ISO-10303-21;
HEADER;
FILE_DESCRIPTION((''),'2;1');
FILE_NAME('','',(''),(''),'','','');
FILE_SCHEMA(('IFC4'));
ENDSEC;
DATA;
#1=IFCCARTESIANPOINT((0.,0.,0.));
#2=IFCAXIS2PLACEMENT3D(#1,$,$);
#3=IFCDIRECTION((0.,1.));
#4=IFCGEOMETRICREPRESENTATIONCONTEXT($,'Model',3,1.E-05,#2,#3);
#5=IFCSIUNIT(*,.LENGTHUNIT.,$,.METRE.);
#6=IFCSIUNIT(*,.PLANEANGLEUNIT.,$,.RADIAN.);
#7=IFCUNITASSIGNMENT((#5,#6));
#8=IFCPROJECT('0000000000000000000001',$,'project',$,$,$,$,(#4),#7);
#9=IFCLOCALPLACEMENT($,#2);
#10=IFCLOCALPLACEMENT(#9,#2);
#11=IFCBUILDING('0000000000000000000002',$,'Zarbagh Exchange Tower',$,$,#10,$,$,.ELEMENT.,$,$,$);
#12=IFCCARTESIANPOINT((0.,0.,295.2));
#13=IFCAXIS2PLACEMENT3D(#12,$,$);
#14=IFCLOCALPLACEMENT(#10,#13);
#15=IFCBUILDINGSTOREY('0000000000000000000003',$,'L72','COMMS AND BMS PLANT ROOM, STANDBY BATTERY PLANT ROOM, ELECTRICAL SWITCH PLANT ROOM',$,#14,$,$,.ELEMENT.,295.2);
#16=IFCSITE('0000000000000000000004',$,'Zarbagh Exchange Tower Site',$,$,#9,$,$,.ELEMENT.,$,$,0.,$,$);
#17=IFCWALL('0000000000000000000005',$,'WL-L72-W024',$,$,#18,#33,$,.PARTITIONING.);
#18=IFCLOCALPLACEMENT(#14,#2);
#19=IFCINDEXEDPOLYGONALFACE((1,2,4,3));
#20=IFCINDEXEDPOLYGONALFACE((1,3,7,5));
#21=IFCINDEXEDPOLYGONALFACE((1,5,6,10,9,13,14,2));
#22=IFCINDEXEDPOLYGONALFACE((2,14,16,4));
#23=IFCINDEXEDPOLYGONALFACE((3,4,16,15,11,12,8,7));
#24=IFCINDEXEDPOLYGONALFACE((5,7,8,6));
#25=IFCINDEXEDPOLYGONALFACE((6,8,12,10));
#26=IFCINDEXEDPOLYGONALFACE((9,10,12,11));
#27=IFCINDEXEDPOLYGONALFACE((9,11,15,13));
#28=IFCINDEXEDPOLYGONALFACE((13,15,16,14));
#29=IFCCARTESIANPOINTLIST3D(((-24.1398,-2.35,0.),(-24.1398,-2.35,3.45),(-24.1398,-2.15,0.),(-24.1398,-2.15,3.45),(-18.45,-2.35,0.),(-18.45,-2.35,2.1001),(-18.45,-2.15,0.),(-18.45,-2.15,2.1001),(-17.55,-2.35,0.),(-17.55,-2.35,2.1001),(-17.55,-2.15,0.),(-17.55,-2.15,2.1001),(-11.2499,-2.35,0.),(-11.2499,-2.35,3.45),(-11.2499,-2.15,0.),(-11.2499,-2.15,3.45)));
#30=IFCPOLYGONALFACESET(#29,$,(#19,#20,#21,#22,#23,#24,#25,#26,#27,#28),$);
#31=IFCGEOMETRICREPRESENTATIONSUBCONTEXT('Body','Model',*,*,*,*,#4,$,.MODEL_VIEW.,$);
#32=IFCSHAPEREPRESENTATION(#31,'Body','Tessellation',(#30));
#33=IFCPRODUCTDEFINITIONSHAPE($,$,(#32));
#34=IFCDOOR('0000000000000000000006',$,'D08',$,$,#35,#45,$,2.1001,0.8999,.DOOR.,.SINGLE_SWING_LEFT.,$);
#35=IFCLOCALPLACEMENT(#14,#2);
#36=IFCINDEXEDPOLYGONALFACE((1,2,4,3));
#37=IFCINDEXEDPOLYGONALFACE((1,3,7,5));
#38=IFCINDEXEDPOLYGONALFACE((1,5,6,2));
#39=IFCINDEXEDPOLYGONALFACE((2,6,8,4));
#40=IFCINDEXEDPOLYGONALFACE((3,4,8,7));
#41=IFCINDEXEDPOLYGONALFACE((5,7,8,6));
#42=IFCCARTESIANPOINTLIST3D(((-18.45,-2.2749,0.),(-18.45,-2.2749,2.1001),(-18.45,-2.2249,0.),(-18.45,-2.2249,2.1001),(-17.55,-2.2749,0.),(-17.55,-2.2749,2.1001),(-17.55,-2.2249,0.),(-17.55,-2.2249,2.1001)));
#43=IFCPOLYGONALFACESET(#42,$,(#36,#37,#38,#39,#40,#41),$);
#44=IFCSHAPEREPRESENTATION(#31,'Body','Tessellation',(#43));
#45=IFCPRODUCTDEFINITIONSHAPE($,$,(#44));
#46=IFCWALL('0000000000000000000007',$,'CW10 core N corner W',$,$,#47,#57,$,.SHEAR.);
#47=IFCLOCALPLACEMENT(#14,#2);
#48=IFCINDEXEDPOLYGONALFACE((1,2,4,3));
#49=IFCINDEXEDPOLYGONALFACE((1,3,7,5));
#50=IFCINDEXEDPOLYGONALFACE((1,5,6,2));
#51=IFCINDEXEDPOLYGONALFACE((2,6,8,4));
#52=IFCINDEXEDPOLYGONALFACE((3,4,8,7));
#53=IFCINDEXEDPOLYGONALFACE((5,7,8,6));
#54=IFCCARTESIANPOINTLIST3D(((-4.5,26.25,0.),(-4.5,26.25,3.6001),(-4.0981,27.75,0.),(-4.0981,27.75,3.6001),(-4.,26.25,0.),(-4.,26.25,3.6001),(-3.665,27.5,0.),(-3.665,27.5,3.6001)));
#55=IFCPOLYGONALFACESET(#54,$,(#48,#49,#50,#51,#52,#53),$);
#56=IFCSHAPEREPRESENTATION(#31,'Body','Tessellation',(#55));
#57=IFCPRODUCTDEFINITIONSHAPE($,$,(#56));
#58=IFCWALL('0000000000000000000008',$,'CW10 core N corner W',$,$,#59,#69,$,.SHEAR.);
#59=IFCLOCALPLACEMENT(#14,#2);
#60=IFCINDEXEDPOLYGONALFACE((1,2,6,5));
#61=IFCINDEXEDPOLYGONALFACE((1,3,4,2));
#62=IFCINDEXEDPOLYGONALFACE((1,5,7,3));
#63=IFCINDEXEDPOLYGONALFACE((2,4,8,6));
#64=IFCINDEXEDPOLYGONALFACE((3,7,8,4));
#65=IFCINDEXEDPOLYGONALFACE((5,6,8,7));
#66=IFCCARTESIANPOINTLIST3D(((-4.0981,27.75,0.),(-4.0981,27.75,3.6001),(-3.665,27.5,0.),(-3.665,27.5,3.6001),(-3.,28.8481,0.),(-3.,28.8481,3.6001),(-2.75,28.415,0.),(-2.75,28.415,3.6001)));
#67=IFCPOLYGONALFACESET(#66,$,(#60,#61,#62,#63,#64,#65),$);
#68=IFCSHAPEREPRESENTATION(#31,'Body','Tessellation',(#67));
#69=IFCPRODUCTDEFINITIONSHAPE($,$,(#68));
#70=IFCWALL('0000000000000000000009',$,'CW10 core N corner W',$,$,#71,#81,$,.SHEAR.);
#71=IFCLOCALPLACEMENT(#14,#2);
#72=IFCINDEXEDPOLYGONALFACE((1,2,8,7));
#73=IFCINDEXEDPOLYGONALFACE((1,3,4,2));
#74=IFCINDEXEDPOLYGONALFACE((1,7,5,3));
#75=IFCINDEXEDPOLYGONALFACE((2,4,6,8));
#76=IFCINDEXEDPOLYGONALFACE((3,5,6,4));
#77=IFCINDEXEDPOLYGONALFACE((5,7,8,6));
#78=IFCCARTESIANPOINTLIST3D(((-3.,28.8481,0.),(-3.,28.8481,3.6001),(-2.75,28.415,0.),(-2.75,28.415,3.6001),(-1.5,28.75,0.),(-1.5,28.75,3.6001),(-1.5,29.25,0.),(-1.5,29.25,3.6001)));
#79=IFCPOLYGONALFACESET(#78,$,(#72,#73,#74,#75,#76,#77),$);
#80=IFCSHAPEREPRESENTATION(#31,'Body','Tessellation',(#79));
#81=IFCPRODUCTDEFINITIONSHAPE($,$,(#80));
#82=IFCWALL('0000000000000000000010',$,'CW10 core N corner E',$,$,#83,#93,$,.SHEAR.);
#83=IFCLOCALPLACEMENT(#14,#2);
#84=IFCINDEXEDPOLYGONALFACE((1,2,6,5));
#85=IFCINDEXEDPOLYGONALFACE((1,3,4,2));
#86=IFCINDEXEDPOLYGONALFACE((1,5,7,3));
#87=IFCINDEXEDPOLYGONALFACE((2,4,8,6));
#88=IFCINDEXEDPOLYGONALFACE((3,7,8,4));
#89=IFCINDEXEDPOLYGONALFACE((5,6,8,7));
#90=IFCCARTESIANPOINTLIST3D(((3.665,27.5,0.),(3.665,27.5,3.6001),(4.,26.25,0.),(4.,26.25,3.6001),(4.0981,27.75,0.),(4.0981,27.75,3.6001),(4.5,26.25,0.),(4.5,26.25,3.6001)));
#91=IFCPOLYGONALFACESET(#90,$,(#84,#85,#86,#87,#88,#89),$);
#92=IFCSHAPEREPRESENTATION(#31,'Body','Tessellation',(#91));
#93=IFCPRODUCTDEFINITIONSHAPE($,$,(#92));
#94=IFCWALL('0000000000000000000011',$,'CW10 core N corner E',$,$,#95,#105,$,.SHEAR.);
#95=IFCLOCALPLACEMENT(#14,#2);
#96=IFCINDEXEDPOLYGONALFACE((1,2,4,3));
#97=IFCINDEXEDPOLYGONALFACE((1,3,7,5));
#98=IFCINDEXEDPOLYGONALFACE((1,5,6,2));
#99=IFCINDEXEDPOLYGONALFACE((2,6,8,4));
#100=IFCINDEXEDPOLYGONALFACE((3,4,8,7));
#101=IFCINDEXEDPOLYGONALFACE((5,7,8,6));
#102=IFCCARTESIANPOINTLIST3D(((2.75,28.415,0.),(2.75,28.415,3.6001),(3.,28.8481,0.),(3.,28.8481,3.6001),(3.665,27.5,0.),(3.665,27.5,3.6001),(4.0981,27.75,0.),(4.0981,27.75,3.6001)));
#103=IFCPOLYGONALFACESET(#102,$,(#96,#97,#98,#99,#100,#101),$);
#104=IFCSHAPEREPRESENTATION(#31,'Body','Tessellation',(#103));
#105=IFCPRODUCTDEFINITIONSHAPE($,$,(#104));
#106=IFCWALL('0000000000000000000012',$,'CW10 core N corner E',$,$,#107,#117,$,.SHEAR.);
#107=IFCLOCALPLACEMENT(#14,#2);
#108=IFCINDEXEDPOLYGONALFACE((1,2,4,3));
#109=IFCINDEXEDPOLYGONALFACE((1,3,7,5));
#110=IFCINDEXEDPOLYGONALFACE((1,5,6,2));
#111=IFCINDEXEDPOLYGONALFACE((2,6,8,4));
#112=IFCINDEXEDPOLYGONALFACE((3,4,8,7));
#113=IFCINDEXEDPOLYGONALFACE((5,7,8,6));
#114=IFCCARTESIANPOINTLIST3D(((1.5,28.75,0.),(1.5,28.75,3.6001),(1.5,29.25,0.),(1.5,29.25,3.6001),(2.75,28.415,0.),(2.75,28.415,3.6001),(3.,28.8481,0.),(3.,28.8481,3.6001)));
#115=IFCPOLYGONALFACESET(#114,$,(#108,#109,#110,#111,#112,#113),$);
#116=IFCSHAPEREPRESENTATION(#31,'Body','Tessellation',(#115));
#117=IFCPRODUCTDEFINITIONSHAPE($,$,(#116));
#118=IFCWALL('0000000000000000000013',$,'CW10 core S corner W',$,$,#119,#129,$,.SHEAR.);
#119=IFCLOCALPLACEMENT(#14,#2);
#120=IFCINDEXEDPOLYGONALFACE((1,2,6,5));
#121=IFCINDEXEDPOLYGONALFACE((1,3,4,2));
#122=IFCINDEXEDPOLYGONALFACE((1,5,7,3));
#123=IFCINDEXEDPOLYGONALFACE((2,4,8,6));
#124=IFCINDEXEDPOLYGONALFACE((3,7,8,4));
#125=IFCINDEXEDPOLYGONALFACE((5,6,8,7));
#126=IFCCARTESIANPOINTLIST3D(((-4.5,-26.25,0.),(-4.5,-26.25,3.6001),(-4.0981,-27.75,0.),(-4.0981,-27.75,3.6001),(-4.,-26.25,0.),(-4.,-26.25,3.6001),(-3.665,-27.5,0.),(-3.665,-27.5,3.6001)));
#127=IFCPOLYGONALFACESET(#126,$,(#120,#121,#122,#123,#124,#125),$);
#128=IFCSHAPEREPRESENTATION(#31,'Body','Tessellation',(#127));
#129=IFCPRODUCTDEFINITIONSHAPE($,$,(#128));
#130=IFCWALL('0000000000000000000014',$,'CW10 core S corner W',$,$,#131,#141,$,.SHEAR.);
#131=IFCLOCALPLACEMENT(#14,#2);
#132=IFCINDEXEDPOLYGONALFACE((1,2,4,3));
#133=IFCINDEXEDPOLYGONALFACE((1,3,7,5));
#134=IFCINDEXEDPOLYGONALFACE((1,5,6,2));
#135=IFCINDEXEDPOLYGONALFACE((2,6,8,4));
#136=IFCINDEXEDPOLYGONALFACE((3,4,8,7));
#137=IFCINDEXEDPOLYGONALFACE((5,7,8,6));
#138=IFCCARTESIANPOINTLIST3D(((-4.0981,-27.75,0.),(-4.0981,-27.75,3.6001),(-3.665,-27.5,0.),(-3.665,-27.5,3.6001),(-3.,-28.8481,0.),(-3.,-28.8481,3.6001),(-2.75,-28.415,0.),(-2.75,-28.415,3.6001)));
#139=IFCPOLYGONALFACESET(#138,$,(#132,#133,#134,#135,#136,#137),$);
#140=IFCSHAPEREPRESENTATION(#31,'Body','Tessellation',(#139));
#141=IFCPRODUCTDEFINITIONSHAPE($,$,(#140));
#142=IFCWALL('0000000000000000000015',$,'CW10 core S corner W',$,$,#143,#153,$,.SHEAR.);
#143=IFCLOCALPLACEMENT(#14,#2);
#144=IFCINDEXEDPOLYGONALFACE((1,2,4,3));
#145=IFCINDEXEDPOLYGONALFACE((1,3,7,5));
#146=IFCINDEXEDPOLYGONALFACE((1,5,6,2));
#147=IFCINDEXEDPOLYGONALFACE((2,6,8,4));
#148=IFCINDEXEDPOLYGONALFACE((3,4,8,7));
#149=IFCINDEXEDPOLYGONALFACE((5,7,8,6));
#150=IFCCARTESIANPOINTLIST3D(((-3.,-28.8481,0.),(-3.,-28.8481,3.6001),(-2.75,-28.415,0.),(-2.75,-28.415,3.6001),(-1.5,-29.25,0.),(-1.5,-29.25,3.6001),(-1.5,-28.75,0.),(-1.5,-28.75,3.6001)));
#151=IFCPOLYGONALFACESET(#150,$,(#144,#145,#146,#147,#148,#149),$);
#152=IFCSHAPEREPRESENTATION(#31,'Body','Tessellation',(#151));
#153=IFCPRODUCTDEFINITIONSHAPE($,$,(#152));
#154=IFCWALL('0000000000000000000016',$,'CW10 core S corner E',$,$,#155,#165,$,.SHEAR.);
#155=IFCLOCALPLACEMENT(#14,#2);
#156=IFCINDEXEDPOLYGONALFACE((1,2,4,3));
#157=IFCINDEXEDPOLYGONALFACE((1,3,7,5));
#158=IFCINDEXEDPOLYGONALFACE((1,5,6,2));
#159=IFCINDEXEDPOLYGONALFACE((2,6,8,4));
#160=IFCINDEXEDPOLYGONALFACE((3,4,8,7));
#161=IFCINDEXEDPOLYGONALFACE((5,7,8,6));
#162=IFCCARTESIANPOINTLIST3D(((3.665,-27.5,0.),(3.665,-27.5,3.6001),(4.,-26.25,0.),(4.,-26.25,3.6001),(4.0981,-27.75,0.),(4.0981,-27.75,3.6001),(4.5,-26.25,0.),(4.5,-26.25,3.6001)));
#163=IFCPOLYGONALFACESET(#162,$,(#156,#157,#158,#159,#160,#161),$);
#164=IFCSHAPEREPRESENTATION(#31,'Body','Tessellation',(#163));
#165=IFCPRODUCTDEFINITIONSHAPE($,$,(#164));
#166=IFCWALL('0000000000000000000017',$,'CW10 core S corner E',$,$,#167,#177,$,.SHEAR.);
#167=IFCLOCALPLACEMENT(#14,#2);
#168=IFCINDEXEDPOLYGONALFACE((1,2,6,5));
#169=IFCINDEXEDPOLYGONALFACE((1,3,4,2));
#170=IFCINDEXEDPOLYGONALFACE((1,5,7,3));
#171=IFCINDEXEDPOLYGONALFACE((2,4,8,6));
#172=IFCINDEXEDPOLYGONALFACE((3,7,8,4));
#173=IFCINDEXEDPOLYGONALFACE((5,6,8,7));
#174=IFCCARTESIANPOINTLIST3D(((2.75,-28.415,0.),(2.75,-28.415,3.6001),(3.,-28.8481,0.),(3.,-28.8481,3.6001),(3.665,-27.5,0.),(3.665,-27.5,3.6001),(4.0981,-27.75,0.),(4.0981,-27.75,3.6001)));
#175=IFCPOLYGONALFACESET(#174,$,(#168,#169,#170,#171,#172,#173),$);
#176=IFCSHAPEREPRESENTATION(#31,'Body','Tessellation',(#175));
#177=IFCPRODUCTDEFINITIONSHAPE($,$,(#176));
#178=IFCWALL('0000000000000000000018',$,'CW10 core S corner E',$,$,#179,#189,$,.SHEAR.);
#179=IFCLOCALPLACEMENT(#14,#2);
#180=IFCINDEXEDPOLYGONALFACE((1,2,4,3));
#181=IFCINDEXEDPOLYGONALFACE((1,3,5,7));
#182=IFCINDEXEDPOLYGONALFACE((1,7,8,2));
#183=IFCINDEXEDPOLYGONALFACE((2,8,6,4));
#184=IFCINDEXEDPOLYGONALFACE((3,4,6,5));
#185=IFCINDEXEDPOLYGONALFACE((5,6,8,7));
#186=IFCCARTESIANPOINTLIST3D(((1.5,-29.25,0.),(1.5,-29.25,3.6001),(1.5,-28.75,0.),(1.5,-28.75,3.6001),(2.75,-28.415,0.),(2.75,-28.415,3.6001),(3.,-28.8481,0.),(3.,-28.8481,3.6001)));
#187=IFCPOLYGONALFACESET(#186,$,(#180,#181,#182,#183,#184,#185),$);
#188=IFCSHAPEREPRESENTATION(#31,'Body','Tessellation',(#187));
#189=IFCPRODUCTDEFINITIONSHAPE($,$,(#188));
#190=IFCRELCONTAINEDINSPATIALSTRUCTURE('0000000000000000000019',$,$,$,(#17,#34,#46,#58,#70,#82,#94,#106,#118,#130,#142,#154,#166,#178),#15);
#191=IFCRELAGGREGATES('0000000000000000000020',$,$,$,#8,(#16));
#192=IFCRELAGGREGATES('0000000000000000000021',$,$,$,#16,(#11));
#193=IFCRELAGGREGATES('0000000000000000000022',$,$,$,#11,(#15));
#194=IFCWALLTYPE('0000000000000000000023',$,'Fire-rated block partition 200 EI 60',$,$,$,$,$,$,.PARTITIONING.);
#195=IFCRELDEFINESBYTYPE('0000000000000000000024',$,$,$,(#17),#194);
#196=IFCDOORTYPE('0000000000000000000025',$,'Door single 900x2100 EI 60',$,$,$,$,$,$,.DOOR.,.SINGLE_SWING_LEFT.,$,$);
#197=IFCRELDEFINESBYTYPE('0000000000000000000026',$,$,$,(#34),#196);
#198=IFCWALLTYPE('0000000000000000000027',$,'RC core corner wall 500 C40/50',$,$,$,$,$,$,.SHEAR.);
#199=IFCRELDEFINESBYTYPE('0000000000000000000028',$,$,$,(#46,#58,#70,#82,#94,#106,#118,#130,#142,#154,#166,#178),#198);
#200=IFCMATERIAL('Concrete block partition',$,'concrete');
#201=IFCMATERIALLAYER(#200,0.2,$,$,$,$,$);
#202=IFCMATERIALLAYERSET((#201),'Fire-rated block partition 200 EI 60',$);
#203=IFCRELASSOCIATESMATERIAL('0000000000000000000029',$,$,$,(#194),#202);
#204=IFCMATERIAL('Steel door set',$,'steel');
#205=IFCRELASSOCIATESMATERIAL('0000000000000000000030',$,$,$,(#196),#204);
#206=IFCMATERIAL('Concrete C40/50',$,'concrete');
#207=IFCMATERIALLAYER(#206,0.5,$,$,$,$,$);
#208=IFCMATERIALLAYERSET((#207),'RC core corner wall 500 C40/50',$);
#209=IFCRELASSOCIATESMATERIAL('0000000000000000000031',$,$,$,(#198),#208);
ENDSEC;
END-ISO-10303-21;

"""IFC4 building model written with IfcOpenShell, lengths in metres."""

from ifc_helpers import new_model, si_unit, direction, frame, frame_2d, origin, place, context, subcontext, project, spatial, polyline, rectangle, outline, extrude, material, layer, layer_set, type_object, element, fill, save


model = new_model("IFC4")

# Units and contexts
model_context = context("Model", 3, precision=1e-05, world=origin(), true_north=direction((0.0, 1.0)))
body_context = subcontext(model_context, "Body", "Model", "MODEL_VIEW")
ifc_project = project(units=[si_unit("LENGTHUNIT", "METRE"), si_unit("PLANEANGLEUNIT", "RADIAN")], contexts=[model_context])

# Site, building, storey
site_placement = place(None, origin())
site = spatial("IfcSite", under=ifc_project, at=site_placement, Name="Zarbagh Exchange Tower Site", CompositionType="ELEMENT", RefElevation=0.0)
building_placement = place(site_placement, origin())
building = spatial("IfcBuilding", under=site, at=building_placement, Name="Zarbagh Exchange Tower", CompositionType="ELEMENT")
storey_placement = place(building_placement, frame((0.0, 0.0, 295.2)))
storey = spatial("IfcBuildingStorey", under=building, at=storey_placement, Name="L72", Description="COMMS AND BMS PLANT ROOM, STANDBY BATTERY PLANT ROOM, ELECTRICAL SWITCH PLANT ROOM", CompositionType="ELEMENT", Elevation=295.2)

# Shared definitions
ifc_material_1 = material(Name="Concrete C40/50", Category="concrete")

# Shared definitions
ifc_material_2 = material(Name="Concrete block partition", Category="concrete")
ifc_layer_1 = layer(ifc_material_2, 0.2)
ifc_layer_set_1 = layer_set([ifc_layer_1], Name="Fire-rated block partition 200 EI 60")
wall_type_1 = type_object("IfcWallType", Name="Fire-rated block partition 200 EI 60", PredefinedType="PARTITIONING", material=ifc_layer_set_1)

# Wall, opening, door
wall_1_placement = place(storey_placement, frame((-11.25, -2.25, 0.0), z_axis=(0.0, 0.0, 1.0), x_axis=(-1.0, 0.0, 0.0)))
wall_1 = element("IfcWall", 1, at=wall_1_placement, inside=storey, type_object=wall_type_1, Name="WL-L72-W024", PredefinedType="PARTITIONING", context=body_context, shape_type="SweptSolid", body=[
    extrude(rectangle(XDim=12.8899, YDim=0.2, at=frame_2d((6.4448, 0.0))), origin(), (0.0, 0.0, 1.0), 3.45),
])
opening_1_placement = place(wall_1_placement, frame((6.3, 0.0, 0.0)))
opening_1 = element("IfcOpeningElement", 2, at=opening_1_placement, cuts=wall_1, PredefinedType="OPENING", context=body_context, shape_type="SweptSolid", body=[
    extrude(rectangle(XDim=0.8999, YDim=2.1001, at=frame_2d((0.45, 1.05))), frame((0.0, 0.1099, 0.0), z_axis=(0.0, -1.0, 0.0), x_axis=(1.0, 0.0, 0.0)), (0.0, 0.0, 1.0), 0.22),
])
ifc_material_3 = material(Name="Steel door set", Category="steel")
door_type = type_object("IfcDoorType", Name="Door single 900x2100 EI 60", OperationType="SINGLE_SWING_LEFT", PredefinedType="DOOR", material=ifc_material_3)
door_placement = place(opening_1_placement, origin())
door = element("IfcDoor", 3, at=door_placement, inside=storey, type_object=door_type, Name="D08", OperationType="SINGLE_SWING_LEFT", OverallHeight=2.1001, OverallWidth=0.8999, PredefinedType="DOOR", context=body_context, shape_type="SweptSolid", body=[
    extrude(rectangle(XDim=0.8999, YDim=2.1001, at=frame_2d((0.45, 1.05))), frame((0.0, 0.0249, 0.0), z_axis=(0.0, -1.0, 0.0), x_axis=(1.0, 0.0, 0.0)), (0.0, 0.0, 1.0), 0.05),
])
fill(opening_1, door)

# Walls
ifc_layer_2 = layer(ifc_material_1, 0.5)
ifc_layer_set_2 = layer_set([ifc_layer_2], Name="RC core corner wall 500 C40/50")
wall_type_2 = type_object("IfcWallType", Name="RC core corner wall 500 C40/50", PredefinedType="SHEAR", material=ifc_layer_set_2)
wall_2_placement = place(storey_placement, origin())
element("IfcWall", 4, at=wall_2_placement, inside=storey, type_object=wall_type_2, Name="CW10 core N corner W", PredefinedType="SHEAR", context=body_context, shape_type="SweptSolid", body=[
    extrude(outline(polyline([(-4.5, 26.25), (-4.0981, 27.75), (-3.665, 27.5), (-4.0, 26.25), (-4.5, 26.25)])), origin(), (0.0, 0.0, 1.0), 3.6001),
])
wall_3_placement = place(storey_placement, origin())
element("IfcWall", 5, at=wall_3_placement, inside=storey, type_object=wall_type_2, Name="CW10 core N corner W", PredefinedType="SHEAR", context=body_context, shape_type="SweptSolid", body=[
    extrude(outline(polyline([(-4.0981, 27.75), (-3.0, 28.8481), (-2.75, 28.415), (-3.665, 27.5), (-4.0981, 27.75)])), origin(), (0.0, 0.0, 1.0), 3.6001),
])
wall_4_placement = place(storey_placement, origin())
element("IfcWall", 6, at=wall_4_placement, inside=storey, type_object=wall_type_2, Name="CW10 core N corner W", PredefinedType="SHEAR", context=body_context, shape_type="SweptSolid", body=[
    extrude(outline(polyline([(-3.0, 28.8481), (-1.5, 29.25), (-1.5, 28.75), (-2.75, 28.415), (-3.0, 28.8481)])), origin(), (0.0, 0.0, 1.0), 3.6001),
])
wall_5_placement = place(storey_placement, origin())
element("IfcWall", 7, at=wall_5_placement, inside=storey, type_object=wall_type_2, Name="CW10 core N corner E", PredefinedType="SHEAR", context=body_context, shape_type="SweptSolid", body=[
    extrude(outline(polyline([(4.5, 26.25), (4.0981, 27.75), (3.665, 27.5), (4.0, 26.25), (4.5, 26.25)])), origin(), (0.0, 0.0, 1.0), 3.6001),
])
wall_6_placement = place(storey_placement, origin())
element("IfcWall", 8, at=wall_6_placement, inside=storey, type_object=wall_type_2, Name="CW10 core N corner E", PredefinedType="SHEAR", context=body_context, shape_type="SweptSolid", body=[
    extrude(outline(polyline([(4.0981, 27.75), (3.0, 28.8481), (2.75, 28.415), (3.665, 27.5), (4.0981, 27.75)])), origin(), (0.0, 0.0, 1.0), 3.6001),
])
wall_7_placement = place(storey_placement, origin())
element("IfcWall", 9, at=wall_7_placement, inside=storey, type_object=wall_type_2, Name="CW10 core N corner E", PredefinedType="SHEAR", context=body_context, shape_type="SweptSolid", body=[
    extrude(outline(polyline([(3.0, 28.8481), (1.5, 29.25), (1.5, 28.75), (2.75, 28.415), (3.0, 28.8481)])), origin(), (0.0, 0.0, 1.0), 3.6001),
])
wall_8_placement = place(storey_placement, origin())
element("IfcWall", 10, at=wall_8_placement, inside=storey, type_object=wall_type_2, Name="CW10 core S corner W", PredefinedType="SHEAR", context=body_context, shape_type="SweptSolid", body=[
    extrude(outline(polyline([(-4.5, -26.25), (-4.0981, -27.75), (-3.665, -27.5), (-4.0, -26.25), (-4.5, -26.25)])), origin(), (0.0, 0.0, 1.0), 3.6001),
])
wall_9_placement = place(storey_placement, origin())
element("IfcWall", 11, at=wall_9_placement, inside=storey, type_object=wall_type_2, Name="CW10 core S corner W", PredefinedType="SHEAR", context=body_context, shape_type="SweptSolid", body=[
    extrude(outline(polyline([(-4.0981, -27.75), (-3.0, -28.8481), (-2.75, -28.415), (-3.665, -27.5), (-4.0981, -27.75)])), origin(), (0.0, 0.0, 1.0), 3.6001),
])
wall_10_placement = place(storey_placement, origin())
element("IfcWall", 12, at=wall_10_placement, inside=storey, type_object=wall_type_2, Name="CW10 core S corner W", PredefinedType="SHEAR", context=body_context, shape_type="SweptSolid", body=[
    extrude(outline(polyline([(-3.0, -28.8481), (-1.5, -29.25), (-1.5, -28.75), (-2.75, -28.415), (-3.0, -28.8481)])), origin(), (0.0, 0.0, 1.0), 3.6001),
])
wall_11_placement = place(storey_placement, origin())
element("IfcWall", 13, at=wall_11_placement, inside=storey, type_object=wall_type_2, Name="CW10 core S corner E", PredefinedType="SHEAR", context=body_context, shape_type="SweptSolid", body=[
    extrude(outline(polyline([(4.5, -26.25), (4.0981, -27.75), (3.665, -27.5), (4.0, -26.25), (4.5, -26.25)])), origin(), (0.0, 0.0, 1.0), 3.6001),
])
wall_12_placement = place(storey_placement, origin())
element("IfcWall", 14, at=wall_12_placement, inside=storey, type_object=wall_type_2, Name="CW10 core S corner E", PredefinedType="SHEAR", context=body_context, shape_type="SweptSolid", body=[
    extrude(outline(polyline([(4.0981, -27.75), (3.0, -28.8481), (2.75, -28.415), (3.665, -27.5), (4.0981, -27.75)])), origin(), (0.0, 0.0, 1.0), 3.6001),
])
wall_13_placement = place(storey_placement, origin())
element("IfcWall", 15, at=wall_13_placement, inside=storey, type_object=wall_type_2, Name="CW10 core S corner E", PredefinedType="SHEAR", context=body_context, shape_type="SweptSolid", body=[
    extrude(outline(polyline([(3.0, -28.8481), (1.5, -29.25), (1.5, -28.75), (2.75, -28.415), (3.0, -28.8481)])), origin(), (0.0, 0.0, 1.0), 3.6001),
])

save(model, "model.ifc")
